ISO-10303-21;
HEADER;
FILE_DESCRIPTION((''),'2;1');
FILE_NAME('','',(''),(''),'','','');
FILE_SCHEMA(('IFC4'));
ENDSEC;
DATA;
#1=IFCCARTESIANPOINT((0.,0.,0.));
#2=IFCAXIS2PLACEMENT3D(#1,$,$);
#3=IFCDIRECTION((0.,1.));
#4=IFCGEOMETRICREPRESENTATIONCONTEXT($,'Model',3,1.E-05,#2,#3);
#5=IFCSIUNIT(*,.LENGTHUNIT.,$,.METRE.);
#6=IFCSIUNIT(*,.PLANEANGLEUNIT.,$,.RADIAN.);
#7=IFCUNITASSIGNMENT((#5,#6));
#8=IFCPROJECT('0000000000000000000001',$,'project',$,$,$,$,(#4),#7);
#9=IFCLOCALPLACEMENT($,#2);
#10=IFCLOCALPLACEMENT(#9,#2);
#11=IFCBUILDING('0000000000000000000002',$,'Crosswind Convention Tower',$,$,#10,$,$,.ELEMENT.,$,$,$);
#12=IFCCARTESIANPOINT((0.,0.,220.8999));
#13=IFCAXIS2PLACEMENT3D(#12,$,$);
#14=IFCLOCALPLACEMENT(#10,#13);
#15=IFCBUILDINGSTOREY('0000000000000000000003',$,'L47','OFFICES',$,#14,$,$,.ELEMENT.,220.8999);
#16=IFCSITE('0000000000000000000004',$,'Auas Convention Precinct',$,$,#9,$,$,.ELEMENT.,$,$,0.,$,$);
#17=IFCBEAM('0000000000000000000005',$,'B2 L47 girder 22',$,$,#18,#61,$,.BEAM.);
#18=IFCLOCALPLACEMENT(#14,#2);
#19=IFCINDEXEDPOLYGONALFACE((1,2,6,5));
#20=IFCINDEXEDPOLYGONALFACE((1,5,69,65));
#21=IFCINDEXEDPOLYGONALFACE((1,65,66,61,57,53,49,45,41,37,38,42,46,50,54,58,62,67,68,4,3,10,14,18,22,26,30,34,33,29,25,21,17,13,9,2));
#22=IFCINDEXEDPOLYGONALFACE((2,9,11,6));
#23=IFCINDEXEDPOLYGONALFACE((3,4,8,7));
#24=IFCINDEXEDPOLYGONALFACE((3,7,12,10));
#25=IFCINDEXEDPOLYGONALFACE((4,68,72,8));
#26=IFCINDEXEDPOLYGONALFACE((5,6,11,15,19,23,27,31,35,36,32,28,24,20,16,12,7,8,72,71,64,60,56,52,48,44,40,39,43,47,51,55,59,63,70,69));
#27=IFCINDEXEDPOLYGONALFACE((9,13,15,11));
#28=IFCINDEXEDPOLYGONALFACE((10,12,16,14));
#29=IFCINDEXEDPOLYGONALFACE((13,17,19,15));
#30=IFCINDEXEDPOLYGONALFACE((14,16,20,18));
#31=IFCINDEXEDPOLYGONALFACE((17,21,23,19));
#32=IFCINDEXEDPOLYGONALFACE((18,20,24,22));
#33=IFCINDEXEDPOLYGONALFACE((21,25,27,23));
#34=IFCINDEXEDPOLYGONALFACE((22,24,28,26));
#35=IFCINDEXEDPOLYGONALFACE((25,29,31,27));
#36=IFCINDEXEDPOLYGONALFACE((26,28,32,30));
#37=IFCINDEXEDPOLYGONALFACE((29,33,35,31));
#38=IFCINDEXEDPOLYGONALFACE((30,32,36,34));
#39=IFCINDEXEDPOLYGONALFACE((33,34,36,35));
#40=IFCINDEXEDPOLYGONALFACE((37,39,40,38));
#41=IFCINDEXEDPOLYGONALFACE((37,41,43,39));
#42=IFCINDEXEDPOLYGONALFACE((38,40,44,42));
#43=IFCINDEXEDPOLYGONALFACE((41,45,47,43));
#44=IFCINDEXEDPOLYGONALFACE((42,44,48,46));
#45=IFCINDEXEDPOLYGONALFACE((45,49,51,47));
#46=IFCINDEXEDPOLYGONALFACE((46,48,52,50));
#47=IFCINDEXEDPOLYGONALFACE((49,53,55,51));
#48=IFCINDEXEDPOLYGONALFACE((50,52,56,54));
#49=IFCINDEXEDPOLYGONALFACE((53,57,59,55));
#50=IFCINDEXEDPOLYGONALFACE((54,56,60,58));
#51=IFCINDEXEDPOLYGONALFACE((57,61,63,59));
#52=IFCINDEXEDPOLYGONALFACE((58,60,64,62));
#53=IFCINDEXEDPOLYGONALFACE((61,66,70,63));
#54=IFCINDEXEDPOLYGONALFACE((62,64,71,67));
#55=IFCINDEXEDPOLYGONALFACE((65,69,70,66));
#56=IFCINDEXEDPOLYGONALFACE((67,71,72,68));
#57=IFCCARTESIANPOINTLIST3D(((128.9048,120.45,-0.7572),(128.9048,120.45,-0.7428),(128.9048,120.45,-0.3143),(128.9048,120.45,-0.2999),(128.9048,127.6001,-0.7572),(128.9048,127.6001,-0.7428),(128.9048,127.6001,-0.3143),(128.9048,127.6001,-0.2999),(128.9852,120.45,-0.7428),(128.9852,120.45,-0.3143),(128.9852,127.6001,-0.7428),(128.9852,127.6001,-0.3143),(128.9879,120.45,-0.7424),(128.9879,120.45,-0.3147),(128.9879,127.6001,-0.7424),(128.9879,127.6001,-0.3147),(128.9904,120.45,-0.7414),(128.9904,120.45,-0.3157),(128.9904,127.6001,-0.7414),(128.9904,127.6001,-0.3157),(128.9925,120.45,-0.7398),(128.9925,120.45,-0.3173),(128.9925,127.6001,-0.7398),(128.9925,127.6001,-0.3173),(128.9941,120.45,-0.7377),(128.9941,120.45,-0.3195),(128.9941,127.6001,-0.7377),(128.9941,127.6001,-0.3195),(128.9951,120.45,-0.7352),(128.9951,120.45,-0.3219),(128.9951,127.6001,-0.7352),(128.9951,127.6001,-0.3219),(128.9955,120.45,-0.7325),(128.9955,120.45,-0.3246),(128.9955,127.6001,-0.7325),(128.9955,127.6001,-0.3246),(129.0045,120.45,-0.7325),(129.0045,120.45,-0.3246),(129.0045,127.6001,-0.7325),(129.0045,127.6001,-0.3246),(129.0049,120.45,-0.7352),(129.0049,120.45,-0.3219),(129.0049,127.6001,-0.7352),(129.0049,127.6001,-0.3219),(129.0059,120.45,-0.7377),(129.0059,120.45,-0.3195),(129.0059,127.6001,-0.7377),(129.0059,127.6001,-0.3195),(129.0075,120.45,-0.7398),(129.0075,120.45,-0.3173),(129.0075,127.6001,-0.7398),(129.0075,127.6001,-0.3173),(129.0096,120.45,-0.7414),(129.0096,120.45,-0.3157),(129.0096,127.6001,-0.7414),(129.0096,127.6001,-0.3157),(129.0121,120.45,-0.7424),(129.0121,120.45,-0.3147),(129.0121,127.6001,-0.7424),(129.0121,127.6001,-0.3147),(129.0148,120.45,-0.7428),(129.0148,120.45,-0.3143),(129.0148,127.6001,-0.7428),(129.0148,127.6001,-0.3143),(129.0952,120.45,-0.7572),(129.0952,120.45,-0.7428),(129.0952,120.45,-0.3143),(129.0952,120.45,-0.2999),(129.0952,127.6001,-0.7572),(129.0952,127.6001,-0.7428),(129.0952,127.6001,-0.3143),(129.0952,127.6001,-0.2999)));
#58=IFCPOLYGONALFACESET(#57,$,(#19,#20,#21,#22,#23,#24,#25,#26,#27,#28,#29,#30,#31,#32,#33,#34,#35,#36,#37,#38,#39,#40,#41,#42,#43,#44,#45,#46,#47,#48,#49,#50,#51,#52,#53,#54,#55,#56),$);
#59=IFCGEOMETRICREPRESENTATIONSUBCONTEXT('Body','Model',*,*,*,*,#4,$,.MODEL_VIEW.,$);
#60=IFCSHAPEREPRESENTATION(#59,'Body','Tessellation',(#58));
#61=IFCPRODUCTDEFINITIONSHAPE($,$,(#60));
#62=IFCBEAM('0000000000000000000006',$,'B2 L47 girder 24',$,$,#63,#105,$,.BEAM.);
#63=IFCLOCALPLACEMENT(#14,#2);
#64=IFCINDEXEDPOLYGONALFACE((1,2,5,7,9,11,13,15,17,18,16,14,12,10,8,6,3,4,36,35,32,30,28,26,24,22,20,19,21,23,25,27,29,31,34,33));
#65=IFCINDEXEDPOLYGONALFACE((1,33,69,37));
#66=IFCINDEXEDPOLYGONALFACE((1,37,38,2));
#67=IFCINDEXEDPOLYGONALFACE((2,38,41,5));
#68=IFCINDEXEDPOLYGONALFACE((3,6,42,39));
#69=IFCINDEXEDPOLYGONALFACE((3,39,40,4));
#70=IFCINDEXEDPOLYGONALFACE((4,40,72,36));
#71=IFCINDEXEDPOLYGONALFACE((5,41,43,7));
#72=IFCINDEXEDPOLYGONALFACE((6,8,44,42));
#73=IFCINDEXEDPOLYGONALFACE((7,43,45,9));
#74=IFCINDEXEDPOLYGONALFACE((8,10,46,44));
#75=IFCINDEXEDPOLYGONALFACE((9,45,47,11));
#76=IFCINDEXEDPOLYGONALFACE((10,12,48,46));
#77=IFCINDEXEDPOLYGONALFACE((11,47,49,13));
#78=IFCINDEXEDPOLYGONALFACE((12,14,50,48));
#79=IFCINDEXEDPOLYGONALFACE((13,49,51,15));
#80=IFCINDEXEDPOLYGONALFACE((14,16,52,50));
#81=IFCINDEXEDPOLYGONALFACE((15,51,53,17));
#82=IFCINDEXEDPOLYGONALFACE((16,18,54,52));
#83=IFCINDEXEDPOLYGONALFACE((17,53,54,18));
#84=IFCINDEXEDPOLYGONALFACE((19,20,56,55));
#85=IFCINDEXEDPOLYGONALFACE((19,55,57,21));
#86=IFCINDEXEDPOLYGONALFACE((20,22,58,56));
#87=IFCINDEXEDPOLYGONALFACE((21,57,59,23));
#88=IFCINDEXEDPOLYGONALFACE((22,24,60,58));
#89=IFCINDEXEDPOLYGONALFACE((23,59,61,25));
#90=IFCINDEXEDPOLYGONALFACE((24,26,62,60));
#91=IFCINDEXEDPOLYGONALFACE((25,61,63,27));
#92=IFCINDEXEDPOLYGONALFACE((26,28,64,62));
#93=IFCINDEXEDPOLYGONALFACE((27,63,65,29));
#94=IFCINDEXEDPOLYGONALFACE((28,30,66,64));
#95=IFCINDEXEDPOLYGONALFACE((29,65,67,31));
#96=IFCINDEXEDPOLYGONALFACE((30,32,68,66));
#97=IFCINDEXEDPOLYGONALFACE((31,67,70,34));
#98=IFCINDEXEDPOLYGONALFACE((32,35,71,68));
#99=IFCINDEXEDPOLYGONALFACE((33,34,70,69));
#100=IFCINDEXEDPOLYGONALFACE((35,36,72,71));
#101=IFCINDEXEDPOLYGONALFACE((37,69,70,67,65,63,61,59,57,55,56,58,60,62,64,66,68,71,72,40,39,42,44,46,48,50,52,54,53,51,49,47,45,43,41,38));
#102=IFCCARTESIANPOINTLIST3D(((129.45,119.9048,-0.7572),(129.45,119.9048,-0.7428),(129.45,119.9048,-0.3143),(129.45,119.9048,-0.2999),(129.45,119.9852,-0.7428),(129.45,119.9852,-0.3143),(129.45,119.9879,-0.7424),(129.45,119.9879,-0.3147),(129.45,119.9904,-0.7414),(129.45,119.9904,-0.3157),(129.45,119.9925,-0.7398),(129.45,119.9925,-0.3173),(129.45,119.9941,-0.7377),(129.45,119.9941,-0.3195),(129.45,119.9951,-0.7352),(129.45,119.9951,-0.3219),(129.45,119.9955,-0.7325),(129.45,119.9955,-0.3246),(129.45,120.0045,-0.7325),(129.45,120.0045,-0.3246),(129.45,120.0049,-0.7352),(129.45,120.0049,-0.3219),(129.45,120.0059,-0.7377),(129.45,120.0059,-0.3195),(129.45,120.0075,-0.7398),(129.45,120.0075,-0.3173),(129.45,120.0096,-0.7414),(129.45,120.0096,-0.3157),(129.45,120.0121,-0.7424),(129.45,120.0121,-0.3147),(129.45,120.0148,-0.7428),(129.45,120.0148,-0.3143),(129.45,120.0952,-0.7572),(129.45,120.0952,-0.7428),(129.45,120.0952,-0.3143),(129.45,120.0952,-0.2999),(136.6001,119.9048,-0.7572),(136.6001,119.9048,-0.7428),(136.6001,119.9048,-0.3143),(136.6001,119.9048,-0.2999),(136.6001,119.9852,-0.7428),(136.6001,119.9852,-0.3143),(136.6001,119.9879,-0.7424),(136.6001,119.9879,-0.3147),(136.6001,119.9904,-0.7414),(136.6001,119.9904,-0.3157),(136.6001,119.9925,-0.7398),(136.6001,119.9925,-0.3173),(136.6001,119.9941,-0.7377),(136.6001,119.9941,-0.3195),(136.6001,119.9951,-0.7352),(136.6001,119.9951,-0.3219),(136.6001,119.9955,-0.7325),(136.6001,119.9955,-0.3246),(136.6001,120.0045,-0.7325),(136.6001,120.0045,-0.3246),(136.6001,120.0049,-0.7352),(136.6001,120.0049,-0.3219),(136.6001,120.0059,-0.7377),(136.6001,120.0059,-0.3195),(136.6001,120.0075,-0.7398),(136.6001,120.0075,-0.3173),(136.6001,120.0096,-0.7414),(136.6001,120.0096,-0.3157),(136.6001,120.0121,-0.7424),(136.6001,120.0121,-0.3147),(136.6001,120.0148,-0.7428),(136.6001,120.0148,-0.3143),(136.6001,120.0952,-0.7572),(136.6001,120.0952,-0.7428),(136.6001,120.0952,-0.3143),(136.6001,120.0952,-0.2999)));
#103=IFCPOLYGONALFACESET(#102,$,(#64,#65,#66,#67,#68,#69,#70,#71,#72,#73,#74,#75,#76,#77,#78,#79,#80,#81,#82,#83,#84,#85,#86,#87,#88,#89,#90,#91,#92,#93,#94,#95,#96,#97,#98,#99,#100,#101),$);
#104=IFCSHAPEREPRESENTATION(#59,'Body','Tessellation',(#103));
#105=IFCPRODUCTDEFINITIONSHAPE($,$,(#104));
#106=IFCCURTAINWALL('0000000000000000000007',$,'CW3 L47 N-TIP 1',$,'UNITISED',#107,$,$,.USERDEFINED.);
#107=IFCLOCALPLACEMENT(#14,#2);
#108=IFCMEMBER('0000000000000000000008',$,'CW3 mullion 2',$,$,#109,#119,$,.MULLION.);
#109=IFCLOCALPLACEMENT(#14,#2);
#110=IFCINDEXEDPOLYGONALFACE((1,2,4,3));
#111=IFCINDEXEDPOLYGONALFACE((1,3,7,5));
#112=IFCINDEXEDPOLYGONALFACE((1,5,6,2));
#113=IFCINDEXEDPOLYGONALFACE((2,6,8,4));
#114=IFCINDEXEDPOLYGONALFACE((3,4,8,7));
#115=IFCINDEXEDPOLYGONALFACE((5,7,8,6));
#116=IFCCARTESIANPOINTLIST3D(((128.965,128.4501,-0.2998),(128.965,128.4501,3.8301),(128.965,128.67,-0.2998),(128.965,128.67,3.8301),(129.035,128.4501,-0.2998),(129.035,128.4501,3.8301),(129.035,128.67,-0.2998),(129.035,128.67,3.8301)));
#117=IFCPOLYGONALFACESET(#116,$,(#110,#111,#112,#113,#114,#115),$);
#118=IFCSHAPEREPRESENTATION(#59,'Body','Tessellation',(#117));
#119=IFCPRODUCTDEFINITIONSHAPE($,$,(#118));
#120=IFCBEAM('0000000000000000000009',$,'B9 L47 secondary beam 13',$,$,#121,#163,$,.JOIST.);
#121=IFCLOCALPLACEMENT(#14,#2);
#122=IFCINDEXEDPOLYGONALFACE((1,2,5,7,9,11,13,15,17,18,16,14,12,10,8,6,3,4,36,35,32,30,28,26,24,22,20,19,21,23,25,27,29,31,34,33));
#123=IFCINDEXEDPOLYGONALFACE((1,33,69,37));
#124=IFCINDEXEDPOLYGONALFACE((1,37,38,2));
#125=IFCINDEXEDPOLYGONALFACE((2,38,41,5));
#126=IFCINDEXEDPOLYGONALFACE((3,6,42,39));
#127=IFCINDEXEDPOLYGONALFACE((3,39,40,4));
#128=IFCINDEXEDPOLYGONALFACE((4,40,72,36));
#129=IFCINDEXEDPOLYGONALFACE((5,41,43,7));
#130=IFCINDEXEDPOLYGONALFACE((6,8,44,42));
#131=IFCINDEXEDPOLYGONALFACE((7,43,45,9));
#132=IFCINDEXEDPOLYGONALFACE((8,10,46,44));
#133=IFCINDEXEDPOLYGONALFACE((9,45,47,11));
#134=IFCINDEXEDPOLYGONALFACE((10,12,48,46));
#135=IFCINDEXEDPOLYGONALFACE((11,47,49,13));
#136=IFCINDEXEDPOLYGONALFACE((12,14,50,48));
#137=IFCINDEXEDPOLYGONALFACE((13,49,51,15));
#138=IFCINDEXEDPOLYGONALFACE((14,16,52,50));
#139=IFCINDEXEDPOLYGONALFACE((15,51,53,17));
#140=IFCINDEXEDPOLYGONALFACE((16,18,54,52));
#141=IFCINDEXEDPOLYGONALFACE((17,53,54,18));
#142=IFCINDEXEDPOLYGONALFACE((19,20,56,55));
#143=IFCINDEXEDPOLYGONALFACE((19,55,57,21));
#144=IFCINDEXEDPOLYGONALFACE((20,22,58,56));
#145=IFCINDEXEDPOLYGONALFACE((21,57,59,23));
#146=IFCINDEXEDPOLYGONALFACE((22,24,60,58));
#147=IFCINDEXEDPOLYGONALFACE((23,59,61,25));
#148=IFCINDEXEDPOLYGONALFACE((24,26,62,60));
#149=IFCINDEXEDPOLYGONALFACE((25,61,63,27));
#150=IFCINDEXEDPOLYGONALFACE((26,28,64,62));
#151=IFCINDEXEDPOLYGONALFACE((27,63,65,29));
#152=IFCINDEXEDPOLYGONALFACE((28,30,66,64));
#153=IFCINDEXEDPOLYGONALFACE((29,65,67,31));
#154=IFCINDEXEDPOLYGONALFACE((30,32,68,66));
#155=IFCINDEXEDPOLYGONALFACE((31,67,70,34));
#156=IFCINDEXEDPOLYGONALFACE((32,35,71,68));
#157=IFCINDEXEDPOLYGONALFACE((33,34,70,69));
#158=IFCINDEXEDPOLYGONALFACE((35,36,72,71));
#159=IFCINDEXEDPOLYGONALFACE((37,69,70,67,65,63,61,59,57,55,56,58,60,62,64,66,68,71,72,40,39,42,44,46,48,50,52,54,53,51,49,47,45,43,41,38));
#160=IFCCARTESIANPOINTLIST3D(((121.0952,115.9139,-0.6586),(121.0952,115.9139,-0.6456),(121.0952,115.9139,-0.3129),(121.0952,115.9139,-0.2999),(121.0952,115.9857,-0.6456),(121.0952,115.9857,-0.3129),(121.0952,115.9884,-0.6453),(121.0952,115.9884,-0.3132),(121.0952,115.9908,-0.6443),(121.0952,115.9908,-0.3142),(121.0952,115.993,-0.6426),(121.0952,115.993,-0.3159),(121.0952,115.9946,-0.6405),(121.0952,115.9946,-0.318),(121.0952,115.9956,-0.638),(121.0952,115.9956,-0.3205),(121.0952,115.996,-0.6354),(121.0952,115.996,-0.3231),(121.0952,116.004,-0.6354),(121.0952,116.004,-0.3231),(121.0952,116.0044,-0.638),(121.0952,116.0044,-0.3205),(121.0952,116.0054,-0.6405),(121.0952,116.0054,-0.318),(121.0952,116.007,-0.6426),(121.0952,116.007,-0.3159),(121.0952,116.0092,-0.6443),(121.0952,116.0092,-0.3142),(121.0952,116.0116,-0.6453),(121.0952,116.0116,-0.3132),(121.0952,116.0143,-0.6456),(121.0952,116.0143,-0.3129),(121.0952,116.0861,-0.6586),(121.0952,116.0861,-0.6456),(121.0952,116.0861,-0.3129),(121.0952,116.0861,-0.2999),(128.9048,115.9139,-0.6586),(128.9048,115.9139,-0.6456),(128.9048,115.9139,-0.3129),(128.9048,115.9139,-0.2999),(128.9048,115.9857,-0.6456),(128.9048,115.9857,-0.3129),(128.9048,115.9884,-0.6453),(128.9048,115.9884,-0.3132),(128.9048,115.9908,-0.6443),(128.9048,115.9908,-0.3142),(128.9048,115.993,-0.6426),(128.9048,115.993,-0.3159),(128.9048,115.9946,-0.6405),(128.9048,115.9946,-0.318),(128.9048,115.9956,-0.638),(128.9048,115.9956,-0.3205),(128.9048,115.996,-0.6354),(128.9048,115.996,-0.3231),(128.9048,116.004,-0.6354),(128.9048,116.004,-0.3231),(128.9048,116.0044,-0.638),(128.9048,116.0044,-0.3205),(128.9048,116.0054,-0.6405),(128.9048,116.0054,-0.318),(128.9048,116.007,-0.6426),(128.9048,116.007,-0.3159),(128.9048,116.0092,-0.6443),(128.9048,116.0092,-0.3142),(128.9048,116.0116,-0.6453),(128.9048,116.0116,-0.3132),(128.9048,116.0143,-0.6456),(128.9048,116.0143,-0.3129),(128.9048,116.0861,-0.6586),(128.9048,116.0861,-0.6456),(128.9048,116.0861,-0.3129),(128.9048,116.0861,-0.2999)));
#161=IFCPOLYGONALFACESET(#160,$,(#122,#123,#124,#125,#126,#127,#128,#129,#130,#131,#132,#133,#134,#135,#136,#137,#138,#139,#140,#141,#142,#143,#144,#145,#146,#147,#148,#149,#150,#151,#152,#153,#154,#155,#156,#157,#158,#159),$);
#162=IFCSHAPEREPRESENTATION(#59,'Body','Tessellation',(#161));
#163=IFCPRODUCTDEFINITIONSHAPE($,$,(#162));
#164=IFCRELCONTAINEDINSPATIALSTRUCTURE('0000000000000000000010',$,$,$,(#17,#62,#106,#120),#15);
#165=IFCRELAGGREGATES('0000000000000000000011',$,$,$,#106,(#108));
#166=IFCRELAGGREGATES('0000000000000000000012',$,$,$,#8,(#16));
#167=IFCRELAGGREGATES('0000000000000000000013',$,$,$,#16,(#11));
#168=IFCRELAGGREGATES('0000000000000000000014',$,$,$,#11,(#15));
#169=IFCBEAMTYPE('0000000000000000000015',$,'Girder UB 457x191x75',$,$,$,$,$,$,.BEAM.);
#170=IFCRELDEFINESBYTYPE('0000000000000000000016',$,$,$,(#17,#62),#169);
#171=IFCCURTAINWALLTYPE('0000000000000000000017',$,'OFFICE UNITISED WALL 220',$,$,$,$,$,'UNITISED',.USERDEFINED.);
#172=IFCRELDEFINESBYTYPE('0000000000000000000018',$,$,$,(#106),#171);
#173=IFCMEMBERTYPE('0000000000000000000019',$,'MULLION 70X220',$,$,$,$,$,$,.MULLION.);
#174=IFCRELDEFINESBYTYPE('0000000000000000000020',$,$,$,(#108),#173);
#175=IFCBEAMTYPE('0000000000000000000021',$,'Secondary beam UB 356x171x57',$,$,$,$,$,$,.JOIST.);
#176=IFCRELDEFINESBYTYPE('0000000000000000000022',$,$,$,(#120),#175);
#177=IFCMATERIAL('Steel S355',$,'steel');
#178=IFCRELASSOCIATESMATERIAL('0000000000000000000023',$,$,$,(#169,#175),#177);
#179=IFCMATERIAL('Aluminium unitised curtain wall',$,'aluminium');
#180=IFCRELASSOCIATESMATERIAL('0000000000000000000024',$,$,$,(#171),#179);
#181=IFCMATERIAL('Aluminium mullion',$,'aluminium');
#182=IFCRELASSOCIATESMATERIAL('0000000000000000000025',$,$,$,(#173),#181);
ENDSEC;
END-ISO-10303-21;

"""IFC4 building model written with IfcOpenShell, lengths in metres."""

from ifc_helpers import new_model, si_unit, direction, frame, origin, origin_2d, place, context, subcontext, project, spatial, rectangle, i_section, extrude, material, material_profile, profile_set, type_object, element, aggregate, save


model = new_model("IFC4")

# Units and contexts
model_context = context("Model", 3, precision=1e-05, world=origin(), true_north=direction((0.0, 1.0)))
body_context = subcontext(model_context, "Body", "Model", "MODEL_VIEW")
ifc_project = project(units=[si_unit("LENGTHUNIT", "METRE"), si_unit("PLANEANGLEUNIT", "RADIAN")], contexts=[model_context])

# Site, building, storey
site_placement = place(None, origin())
site = spatial("IfcSite", under=ifc_project, at=site_placement, Name="Auas Convention Precinct", CompositionType="ELEMENT", RefElevation=0.0)
building_placement = place(site_placement, origin())
building = spatial("IfcBuilding", under=site, at=building_placement, Name="Crosswind Convention Tower", CompositionType="ELEMENT")
storey_placement = place(building_placement, frame((0.0, 0.0, 220.8999)))
storey = spatial("IfcBuildingStorey", under=building, at=storey_placement, Name="L47", Description="OFFICES", CompositionType="ELEMENT", Elevation=220.8999)

# Beams
ifc_material_1 = material(Name="Steel S355", Category="steel")
ifc_material_profile_1 = material_profile(ifc_material_1, i_section(OverallWidth=0.1904, OverallDepth=0.4573, WebThickness=0.009, FlangeThickness=0.0144, FilletRadius=0.0103, at=origin_2d()), Name="UB 457x191x75")
ifc_profile_set_1 = profile_set([ifc_material_profile_1], Name="Steel S355")
beam_type_1 = type_object("IfcBeamType", Name="Girder UB 457x191x75", PredefinedType="BEAM", material=ifc_profile_set_1)
for number, where, z_axis, x_axis, name in (
    (1, (129.0, 120.45, -0.5286), (0.0, 1.0, 0.0), (-1.0, 0.0, 0.0), "B2 L47 girder 22"),
    (2, (129.45, 120.0, -0.5286), (1.0, 0.0, 0.0), (0.0, 1.0, 0.0), "B2 L47 girder 24"),
):
    element("IfcBeam", number, at=place(storey_placement, frame(where, z_axis=z_axis, x_axis=x_axis)), inside=storey, type_object=beam_type_1, Name=name, PredefinedType="BEAM", context=body_context, shape_type="SweptSolid", body=[
        extrude(i_section(OverallWidth=0.1904, OverallDepth=0.4573, WebThickness=0.009, FlangeThickness=0.0144, FilletRadius=0.0103, at=origin_2d()), origin(), (0.0, 0.0, 1.0), 7.1501),
    ])

# Curtain wall, member
ifc_material_2 = material(Name="Aluminium unitised curtain wall", Category="aluminium")
curtain_wall_type = type_object("IfcCurtainWallType", Name="OFFICE UNITISED WALL 220", ElementType="UNITISED", PredefinedType="USERDEFINED", material=ifc_material_2)
curtain_wall_placement = place(storey_placement, origin())
curtain_wall = element("IfcCurtainWall", 3, at=curtain_wall_placement, inside=storey, type_object=curtain_wall_type, Name="CW3 L47 N-TIP 1", ObjectType="UNITISED", PredefinedType="USERDEFINED")
ifc_material_3 = material(Name="Aluminium mullion", Category="aluminium")
ifc_material_profile_2 = material_profile(ifc_material_3, rectangle(XDim=0.22, YDim=0.0701, at=origin_2d()), Name="AL 220X70")
ifc_profile_set_2 = profile_set([ifc_material_profile_2], Name="Aluminium mullion")
member_type = type_object("IfcMemberType", Name="MULLION 70X220", PredefinedType="MULLION", material=ifc_profile_set_2)
member_placement = place(storey_placement, frame((129.0, 128.5601, -0.2998), z_axis=(0.0, 0.0, 1.0), x_axis=(0.0, 1.0, 0.0)))
member = element("IfcMember", 4, at=member_placement, type_object=member_type, Name="CW3 mullion 2", PredefinedType="MULLION", context=body_context, shape_type="SweptSolid", body=[
    extrude(rectangle(XDim=0.22, YDim=0.0701, at=origin_2d()), origin(), (0.0, 0.0, 1.0), 4.1299),
])

# Beam
ifc_material_profile_3 = material_profile(ifc_material_1, i_section(OverallWidth=0.1721, OverallDepth=0.3586, WebThickness=0.0081, FlangeThickness=0.0129, FilletRadius=0.0103, at=origin_2d()), Name="UB 356x171x57")
ifc_profile_set_3 = profile_set([ifc_material_profile_3], Name="Steel S355")
beam_type_2 = type_object("IfcBeamType", Name="Secondary beam UB 356x171x57", PredefinedType="JOIST", material=ifc_profile_set_3)
for number, where, z_axis, x_axis, name in (
    (5, (121.0952, 116.0, -0.4792), (1.0, 0.0, 0.0), (0.0, 1.0, 0.0), "B9 L47 secondary beam 13"),
):
    element("IfcBeam", number, at=place(storey_placement, frame(where, z_axis=z_axis, x_axis=x_axis)), inside=storey, type_object=beam_type_2, Name=name, PredefinedType="JOIST", context=body_context, shape_type="SweptSolid", body=[
        extrude(i_section(OverallWidth=0.1721, OverallDepth=0.3586, WebThickness=0.0081, FlangeThickness=0.0129, FilletRadius=0.0103, at=origin_2d()), origin(), (0.0, 0.0, 1.0), 7.8096),
    ])

aggregate(curtain_wall, [member])

save(model, "model.ifc")
